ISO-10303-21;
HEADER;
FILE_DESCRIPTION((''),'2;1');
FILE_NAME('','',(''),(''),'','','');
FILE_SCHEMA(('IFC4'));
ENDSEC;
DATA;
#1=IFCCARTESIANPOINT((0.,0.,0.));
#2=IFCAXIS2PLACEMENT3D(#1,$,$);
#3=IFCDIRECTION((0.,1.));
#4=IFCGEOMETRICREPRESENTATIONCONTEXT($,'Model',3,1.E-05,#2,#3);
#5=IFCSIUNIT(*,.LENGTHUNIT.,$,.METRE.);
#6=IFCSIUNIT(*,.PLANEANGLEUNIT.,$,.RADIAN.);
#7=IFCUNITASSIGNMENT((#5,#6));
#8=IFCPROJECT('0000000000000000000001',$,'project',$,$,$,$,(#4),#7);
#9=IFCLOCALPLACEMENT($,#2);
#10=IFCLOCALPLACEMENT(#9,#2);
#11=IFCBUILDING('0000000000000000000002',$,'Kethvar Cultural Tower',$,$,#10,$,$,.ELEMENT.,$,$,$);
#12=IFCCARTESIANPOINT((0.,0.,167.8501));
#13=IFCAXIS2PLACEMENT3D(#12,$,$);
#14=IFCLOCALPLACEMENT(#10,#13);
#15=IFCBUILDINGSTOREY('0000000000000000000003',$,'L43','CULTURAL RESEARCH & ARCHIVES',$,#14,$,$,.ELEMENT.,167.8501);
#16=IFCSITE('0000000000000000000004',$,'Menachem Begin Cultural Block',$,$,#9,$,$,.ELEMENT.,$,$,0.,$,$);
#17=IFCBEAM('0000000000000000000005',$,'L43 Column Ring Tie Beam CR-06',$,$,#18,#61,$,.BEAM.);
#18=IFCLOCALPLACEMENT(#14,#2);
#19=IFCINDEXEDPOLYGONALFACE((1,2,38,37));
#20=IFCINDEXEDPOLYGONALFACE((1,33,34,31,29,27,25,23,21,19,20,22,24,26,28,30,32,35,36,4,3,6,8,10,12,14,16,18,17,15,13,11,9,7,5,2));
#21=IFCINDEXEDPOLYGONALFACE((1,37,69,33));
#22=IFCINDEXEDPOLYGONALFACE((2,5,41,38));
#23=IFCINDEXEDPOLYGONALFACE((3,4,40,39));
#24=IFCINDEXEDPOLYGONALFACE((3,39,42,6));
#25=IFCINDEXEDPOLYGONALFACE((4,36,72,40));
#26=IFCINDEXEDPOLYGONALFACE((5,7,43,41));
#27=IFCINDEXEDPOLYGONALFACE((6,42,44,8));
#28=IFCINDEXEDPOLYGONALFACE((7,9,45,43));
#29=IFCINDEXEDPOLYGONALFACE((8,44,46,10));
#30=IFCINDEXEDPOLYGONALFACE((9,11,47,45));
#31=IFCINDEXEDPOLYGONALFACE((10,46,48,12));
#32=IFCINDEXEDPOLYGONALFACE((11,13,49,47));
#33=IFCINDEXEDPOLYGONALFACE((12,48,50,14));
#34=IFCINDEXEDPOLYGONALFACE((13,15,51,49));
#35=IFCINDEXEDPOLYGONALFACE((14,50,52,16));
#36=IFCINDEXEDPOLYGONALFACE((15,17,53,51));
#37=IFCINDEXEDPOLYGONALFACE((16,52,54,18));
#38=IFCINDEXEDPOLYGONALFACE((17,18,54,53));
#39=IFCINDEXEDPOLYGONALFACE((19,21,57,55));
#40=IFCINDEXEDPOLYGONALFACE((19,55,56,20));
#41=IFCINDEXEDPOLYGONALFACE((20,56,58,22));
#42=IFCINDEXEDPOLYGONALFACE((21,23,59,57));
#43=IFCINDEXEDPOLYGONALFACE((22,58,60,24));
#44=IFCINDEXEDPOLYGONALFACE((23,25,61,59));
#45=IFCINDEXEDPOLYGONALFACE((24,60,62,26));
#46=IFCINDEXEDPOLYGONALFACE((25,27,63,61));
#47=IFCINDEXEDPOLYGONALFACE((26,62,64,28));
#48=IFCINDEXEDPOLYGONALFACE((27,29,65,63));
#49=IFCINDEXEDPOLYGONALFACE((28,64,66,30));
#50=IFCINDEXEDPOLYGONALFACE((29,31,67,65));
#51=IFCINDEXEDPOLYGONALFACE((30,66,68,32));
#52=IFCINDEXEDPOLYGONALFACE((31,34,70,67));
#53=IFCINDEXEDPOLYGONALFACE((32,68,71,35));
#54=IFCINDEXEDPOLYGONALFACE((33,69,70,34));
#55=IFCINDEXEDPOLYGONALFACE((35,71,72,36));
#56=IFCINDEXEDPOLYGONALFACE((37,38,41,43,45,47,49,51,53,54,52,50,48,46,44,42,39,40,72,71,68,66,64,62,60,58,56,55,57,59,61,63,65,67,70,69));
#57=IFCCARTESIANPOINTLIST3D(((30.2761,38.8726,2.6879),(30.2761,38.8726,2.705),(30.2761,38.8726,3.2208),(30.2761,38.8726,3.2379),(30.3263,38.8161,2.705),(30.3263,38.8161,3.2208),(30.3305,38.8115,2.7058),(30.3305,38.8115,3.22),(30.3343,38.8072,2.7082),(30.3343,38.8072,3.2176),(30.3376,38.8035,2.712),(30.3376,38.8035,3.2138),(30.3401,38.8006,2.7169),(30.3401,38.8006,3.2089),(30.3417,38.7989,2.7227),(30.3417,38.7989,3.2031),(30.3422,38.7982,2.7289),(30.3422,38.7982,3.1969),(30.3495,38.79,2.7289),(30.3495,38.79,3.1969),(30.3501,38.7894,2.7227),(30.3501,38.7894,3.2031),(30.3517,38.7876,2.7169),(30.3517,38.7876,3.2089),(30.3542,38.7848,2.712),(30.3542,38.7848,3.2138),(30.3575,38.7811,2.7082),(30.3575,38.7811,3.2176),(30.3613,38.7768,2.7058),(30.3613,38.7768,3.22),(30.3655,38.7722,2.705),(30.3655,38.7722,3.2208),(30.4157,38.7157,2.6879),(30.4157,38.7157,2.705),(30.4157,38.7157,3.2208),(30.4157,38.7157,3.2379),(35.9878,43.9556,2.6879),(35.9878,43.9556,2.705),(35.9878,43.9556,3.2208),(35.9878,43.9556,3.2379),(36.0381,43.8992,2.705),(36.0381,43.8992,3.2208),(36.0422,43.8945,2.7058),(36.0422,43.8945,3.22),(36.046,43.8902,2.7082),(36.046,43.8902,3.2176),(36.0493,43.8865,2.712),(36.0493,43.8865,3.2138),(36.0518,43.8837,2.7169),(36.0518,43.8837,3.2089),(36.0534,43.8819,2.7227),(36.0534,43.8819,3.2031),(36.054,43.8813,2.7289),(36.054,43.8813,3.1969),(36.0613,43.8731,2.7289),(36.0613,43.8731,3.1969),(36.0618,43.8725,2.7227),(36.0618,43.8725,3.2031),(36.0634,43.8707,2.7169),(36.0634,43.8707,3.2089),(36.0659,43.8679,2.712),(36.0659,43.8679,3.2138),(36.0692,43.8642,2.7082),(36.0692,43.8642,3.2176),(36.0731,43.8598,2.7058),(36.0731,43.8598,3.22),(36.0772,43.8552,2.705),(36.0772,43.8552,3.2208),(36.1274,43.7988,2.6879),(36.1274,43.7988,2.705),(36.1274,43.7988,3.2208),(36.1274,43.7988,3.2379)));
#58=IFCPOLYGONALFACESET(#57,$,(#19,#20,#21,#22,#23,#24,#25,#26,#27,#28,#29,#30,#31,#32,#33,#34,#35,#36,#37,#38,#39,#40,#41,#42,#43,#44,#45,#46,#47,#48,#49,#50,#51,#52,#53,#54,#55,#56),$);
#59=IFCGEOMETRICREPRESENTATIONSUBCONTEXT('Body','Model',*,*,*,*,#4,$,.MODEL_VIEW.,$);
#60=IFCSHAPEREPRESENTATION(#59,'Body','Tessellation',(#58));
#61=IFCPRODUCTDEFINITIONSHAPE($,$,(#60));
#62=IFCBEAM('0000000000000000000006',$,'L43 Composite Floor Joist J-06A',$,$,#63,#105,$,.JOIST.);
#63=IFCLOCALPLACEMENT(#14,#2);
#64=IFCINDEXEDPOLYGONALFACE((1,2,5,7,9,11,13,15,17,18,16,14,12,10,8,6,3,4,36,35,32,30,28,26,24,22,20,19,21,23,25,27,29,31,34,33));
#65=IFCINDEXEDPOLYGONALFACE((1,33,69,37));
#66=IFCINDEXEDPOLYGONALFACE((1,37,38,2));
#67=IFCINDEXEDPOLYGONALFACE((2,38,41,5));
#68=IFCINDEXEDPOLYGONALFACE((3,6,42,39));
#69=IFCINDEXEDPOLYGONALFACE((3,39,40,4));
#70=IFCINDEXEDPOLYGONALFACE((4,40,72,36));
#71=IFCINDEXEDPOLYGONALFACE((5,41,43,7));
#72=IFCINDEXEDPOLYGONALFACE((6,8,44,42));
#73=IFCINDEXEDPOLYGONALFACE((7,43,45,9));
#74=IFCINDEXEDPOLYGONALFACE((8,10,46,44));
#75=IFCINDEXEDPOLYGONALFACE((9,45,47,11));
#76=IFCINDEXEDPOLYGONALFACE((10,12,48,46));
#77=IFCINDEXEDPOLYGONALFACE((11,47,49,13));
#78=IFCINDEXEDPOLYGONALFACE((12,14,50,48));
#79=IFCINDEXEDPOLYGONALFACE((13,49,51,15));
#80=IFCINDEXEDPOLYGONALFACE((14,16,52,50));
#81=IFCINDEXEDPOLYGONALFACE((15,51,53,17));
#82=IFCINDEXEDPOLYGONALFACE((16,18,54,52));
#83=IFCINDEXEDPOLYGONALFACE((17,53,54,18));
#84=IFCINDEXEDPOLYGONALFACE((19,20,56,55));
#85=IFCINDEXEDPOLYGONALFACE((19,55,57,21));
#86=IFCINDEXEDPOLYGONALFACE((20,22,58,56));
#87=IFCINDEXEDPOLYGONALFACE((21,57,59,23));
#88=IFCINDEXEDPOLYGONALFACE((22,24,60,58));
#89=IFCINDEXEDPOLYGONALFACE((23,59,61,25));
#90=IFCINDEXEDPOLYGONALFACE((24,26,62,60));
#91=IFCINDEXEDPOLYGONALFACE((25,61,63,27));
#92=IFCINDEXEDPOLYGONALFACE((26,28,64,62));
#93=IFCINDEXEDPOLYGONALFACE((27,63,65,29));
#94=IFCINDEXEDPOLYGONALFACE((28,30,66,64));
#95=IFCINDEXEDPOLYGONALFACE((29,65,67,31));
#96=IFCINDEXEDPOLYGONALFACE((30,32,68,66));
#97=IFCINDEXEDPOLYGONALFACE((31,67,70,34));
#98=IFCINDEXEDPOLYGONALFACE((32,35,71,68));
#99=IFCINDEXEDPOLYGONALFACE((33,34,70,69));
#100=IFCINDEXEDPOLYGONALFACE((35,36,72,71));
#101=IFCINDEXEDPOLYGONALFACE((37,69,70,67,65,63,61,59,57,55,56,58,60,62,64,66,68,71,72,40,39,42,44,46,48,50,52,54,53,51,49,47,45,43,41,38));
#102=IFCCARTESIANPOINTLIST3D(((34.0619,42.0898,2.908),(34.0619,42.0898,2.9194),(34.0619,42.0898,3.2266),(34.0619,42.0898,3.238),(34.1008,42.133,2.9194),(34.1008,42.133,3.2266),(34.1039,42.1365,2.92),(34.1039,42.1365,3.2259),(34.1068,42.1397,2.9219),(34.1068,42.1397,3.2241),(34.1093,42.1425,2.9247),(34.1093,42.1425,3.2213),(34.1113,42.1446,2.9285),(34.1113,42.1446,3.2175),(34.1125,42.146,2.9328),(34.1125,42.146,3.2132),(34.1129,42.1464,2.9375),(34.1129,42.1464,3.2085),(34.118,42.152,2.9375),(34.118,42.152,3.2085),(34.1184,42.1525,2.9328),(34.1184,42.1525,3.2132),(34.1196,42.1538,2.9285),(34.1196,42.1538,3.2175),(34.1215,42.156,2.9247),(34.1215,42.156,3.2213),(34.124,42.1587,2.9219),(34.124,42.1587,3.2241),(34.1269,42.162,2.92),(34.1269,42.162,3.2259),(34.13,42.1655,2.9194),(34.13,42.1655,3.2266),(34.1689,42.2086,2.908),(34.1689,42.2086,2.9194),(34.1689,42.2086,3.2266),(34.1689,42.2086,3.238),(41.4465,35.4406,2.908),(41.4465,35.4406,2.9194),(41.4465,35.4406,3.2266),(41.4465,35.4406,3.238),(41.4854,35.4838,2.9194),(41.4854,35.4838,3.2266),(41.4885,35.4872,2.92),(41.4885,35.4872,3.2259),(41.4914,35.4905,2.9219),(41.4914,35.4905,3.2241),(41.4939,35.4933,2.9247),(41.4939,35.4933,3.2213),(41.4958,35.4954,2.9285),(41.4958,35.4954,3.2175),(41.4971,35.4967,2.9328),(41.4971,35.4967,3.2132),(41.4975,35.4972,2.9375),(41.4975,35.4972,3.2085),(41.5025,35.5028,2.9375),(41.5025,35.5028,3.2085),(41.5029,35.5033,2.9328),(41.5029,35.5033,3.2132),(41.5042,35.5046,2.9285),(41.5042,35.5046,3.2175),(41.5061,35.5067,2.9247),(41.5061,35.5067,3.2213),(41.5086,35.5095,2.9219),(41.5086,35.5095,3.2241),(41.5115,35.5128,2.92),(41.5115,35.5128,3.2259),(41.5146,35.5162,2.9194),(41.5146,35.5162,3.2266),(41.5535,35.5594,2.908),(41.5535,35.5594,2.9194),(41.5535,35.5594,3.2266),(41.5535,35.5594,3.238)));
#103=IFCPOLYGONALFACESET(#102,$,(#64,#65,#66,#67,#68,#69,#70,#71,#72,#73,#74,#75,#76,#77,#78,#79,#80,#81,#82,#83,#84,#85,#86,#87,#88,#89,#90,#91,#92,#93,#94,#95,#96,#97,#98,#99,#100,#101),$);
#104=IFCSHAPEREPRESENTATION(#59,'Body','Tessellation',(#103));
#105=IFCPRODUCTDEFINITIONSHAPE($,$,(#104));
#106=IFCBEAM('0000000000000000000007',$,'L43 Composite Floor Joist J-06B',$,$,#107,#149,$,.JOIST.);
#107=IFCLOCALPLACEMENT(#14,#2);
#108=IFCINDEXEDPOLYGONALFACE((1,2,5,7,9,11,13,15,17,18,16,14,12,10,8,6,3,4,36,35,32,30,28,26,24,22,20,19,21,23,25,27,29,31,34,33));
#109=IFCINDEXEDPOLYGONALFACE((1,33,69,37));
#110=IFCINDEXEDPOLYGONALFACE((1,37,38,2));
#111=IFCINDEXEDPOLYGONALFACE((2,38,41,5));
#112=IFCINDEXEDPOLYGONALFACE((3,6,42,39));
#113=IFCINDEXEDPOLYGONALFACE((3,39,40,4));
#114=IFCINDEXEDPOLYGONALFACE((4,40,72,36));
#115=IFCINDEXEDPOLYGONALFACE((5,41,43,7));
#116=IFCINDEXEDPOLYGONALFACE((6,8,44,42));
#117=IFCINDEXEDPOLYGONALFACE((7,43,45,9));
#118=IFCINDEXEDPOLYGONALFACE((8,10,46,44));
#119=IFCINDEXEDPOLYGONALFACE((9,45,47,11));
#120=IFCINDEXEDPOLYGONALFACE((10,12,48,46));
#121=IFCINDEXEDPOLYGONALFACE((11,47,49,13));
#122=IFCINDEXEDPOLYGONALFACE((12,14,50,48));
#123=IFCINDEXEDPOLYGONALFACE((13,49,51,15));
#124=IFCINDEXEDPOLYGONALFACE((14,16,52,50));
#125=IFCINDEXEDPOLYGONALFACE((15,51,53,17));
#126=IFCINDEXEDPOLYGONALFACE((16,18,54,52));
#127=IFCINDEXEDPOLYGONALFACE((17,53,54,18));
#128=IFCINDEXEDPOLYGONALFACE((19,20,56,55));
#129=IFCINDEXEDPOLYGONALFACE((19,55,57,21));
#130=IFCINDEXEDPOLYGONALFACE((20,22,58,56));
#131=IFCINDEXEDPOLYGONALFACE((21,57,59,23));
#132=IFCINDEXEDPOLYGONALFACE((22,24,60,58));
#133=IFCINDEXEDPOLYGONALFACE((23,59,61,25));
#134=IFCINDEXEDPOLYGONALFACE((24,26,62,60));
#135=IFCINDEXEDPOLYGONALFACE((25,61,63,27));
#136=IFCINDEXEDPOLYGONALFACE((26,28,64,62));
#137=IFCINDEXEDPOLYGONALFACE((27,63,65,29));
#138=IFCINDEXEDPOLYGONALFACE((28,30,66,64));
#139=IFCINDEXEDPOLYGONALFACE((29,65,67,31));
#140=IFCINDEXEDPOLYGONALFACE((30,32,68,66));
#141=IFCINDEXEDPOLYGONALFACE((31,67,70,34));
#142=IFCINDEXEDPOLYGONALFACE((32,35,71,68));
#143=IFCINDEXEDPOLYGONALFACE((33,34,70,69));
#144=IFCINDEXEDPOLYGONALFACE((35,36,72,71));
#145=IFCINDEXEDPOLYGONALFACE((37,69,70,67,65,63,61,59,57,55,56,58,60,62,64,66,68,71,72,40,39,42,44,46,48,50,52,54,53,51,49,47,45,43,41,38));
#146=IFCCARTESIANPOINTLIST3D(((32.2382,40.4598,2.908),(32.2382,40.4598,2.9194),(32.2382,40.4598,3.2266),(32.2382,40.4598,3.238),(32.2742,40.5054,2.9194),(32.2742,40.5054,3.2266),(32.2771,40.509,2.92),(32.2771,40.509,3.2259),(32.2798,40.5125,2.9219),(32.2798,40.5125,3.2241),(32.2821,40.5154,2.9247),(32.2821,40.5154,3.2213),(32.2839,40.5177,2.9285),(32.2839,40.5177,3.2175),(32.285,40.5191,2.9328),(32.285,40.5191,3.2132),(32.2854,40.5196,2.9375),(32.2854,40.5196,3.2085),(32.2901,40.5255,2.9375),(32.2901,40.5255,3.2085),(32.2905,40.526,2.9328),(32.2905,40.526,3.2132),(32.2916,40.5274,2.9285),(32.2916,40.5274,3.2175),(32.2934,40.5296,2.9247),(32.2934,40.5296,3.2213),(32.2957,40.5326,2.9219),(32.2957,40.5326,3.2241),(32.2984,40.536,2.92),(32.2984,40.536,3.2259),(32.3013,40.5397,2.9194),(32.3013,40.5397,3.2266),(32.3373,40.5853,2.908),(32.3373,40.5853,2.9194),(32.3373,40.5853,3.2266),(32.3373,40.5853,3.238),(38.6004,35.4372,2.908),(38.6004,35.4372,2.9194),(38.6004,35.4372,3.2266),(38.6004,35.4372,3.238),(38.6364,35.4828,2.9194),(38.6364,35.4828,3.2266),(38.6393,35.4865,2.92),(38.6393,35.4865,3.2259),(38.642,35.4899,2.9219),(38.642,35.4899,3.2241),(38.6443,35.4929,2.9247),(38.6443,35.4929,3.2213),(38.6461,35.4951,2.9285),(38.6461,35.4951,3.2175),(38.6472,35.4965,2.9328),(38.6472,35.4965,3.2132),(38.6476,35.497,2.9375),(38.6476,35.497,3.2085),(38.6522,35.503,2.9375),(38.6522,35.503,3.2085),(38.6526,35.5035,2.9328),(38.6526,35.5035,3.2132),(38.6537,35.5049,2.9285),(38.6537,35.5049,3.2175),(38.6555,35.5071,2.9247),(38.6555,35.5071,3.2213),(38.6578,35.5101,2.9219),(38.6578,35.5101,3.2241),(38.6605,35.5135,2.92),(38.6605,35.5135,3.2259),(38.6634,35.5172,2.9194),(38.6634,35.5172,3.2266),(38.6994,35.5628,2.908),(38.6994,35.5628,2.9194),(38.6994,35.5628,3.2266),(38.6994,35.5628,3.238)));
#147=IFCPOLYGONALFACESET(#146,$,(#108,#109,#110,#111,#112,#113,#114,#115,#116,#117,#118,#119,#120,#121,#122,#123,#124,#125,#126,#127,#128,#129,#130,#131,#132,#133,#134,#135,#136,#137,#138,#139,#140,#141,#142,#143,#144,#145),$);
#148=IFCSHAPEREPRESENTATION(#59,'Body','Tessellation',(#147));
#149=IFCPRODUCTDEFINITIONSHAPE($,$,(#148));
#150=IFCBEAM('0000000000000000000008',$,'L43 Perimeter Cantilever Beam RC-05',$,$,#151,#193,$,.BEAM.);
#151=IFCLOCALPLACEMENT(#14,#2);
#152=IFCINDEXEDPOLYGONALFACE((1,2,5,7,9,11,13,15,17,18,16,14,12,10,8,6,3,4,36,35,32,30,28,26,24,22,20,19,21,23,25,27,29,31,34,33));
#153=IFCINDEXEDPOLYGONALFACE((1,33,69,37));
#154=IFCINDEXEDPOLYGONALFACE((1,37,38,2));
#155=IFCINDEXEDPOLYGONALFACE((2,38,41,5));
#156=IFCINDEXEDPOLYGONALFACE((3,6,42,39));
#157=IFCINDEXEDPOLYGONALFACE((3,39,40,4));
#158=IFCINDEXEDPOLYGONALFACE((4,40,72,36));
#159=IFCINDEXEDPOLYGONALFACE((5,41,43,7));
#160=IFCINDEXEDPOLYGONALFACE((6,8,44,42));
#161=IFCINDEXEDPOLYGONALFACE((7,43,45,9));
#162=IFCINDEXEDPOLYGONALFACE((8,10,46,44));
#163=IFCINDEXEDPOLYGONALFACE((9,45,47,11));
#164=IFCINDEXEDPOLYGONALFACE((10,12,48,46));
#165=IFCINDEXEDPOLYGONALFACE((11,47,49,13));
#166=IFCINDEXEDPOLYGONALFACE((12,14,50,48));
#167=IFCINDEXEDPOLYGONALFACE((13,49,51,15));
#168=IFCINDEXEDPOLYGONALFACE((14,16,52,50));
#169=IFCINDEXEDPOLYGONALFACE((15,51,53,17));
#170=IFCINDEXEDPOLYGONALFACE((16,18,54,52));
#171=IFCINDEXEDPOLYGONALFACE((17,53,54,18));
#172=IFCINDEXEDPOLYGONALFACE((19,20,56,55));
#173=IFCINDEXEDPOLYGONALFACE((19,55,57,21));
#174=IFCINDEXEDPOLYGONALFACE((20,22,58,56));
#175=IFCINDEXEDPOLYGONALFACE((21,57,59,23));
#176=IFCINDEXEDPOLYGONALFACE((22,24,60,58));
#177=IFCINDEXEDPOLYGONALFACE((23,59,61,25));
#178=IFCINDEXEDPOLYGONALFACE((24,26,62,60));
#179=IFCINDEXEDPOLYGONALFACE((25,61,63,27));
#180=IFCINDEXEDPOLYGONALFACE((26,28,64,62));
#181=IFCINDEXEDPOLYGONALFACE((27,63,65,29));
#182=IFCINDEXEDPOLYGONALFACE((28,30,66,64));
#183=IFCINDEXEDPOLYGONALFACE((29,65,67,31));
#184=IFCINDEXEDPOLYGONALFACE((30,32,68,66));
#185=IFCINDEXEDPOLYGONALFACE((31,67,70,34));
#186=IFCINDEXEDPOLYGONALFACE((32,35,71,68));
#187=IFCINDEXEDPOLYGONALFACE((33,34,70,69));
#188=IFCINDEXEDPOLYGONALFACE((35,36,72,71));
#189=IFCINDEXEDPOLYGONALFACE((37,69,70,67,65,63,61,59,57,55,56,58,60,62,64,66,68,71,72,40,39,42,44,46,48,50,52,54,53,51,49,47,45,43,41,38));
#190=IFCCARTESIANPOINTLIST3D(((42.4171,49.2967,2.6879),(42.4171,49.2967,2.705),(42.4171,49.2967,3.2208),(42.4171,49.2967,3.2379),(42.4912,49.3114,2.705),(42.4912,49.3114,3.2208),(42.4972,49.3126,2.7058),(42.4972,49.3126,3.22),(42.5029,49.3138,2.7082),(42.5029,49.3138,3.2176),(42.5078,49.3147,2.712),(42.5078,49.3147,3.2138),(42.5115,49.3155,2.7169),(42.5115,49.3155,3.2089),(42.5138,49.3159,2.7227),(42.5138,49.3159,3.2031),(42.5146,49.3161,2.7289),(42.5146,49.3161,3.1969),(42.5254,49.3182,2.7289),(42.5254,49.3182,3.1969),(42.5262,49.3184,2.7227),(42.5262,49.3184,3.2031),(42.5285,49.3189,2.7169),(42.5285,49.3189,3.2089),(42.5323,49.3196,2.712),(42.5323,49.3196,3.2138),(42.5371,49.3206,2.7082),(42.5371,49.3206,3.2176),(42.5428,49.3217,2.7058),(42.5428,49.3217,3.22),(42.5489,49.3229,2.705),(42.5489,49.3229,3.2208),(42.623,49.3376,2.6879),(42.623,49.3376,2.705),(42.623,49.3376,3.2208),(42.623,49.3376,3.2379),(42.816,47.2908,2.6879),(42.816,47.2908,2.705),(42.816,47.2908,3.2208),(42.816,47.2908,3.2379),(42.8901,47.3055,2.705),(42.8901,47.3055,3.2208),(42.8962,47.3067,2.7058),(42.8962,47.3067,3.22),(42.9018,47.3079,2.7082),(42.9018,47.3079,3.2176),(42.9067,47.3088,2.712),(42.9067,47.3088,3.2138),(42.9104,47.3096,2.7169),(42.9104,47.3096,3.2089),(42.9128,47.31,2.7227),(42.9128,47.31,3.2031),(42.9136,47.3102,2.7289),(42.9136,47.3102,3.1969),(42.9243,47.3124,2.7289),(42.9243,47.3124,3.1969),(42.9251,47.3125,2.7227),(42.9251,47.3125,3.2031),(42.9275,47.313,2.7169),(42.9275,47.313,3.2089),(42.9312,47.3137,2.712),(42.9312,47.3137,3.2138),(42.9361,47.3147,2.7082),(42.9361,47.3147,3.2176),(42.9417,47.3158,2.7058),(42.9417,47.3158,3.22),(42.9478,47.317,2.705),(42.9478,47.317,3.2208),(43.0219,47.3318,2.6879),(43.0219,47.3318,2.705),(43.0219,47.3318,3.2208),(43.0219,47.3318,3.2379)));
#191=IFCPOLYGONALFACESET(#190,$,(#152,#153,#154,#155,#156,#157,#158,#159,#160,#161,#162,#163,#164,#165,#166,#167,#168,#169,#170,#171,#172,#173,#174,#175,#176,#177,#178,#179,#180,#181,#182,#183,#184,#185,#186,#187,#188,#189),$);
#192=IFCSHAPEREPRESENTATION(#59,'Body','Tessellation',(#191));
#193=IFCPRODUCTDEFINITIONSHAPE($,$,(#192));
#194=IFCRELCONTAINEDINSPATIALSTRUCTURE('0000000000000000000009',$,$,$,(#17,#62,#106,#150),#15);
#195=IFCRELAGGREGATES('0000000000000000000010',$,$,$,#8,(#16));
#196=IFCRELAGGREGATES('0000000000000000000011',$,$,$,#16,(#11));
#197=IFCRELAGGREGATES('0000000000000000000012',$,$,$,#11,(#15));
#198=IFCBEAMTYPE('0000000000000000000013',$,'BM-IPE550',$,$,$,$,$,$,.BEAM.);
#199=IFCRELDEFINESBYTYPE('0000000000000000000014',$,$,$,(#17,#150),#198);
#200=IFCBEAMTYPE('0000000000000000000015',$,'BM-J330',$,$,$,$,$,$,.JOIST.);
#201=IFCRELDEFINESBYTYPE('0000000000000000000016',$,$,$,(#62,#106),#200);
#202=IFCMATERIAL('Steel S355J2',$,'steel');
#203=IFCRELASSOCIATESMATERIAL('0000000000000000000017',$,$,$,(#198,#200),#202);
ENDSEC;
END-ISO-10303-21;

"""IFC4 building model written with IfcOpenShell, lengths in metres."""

from ifc_helpers import new_model, si_unit, direction, frame, origin, origin_2d, place, context, subcontext, project, spatial, i_section, extrude, source, transform, mapped, material, material_profile, profile_set, type_object, element, save


model = new_model("IFC4")

# Units and contexts
model_context = context("Model", 3, precision=1e-05, world=origin(), true_north=direction((0.0, 1.0)))
body_context = subcontext(model_context, "Body", "Model", "MODEL_VIEW")
ifc_project = project(units=[si_unit("LENGTHUNIT", "METRE"), si_unit("PLANEANGLEUNIT", "RADIAN")], contexts=[model_context])

# Site, building, storey
site_placement = place(None, origin())
site = spatial("IfcSite", under=ifc_project, at=site_placement, Name="Menachem Begin Cultural Block", CompositionType="ELEMENT", RefElevation=0.0)
building_placement = place(site_placement, origin())
building = spatial("IfcBuilding", under=site, at=building_placement, Name="Kethvar Cultural Tower", CompositionType="ELEMENT")
storey_placement = place(building_placement, frame((0.0, 0.0, 167.8501)))
storey = spatial("IfcBuildingStorey", under=building, at=storey_placement, Name="L43", Description="CULTURAL RESEARCH & ARCHIVES", CompositionType="ELEMENT", Elevation=167.8501)

# Beams
ifc_material_1 = material(Name="Steel S355J2", Category="steel")
ifc_material_profile_1 = material_profile(ifc_material_1, i_section(OverallWidth=0.21, OverallDepth=0.55, WebThickness=0.011, FlangeThickness=0.0171, FilletRadius=0.0239, at=origin_2d()), Name="Steel S355J2 — IPE550")
ifc_profile_set_1 = profile_set([ifc_material_profile_1], Name="Steel S355J2 — IPE550")
beam_type_1 = type_object("IfcBeamType", Name="BM-IPE550", PredefinedType="BEAM", material=ifc_profile_set_1)
ifc_material_profile_2 = material_profile(ifc_material_1, i_section(OverallWidth=0.1599, OverallDepth=0.3301, WebThickness=0.0076, FlangeThickness=0.0115, FilletRadius=0.0181, at=origin_2d()), Name="Steel S355J2 — IPE330")
ifc_profile_set_2 = profile_set([ifc_material_profile_2], Name="Steel S355J2 — IPE330")
beam_type_2 = type_object("IfcBeamType", Name="BM-J330", PredefinedType="JOIST", material=ifc_profile_set_2)
shared_shape_1 = source(origin(), body_context, "Body", "SweptSolid", [
    extrude(i_section(OverallWidth=0.21, OverallDepth=0.55, WebThickness=0.011, FlangeThickness=0.0171, FilletRadius=0.0239, at=origin_2d()), origin(), (0.0, 0.0, 1.0), 7.646),
])
beam_1_placement = place(storey_placement, frame((36.0576, 43.8772, 2.9629), z_axis=(-0.747022, -0.6648, 0.0), x_axis=(0.6648, -0.747022, 0.0)))
element("IfcBeam", 1, at=beam_1_placement, inside=storey, type_object=beam_type_1, Name="L43 Column Ring Tie Beam CR-06", PredefinedType="BEAM", context=body_context, shape_type="MappedRepresentation", body=[
    mapped(shared_shape_1, transform((0.0, 0.0, 0.0), scale=1.0)),
])
shared_shape_2 = source(origin(), body_context, "Body", "SweptSolid", [
    extrude(i_section(OverallWidth=0.1599, OverallDepth=0.3301, WebThickness=0.0076, FlangeThickness=0.0115, FilletRadius=0.0181, at=origin_2d()), origin(), (0.0, 0.0, 1.0), 9.937),
])
beam_2_placement = place(storey_placement, frame((41.5, 35.5, 3.073), z_axis=(-0.743139, 0.669137, 0.0), x_axis=(-0.669137, -0.743139, 0.0)))
element("IfcBeam", 2, at=beam_2_placement, inside=storey, type_object=beam_type_2, Name="L43 Composite Floor Joist J-06A", PredefinedType="JOIST", context=body_context, shape_type="MappedRepresentation", body=[
    mapped(shared_shape_2, transform((0.0, 0.0, 0.0), scale=1.0)),
])
shared_shape_3 = source(origin(), body_context, "Body", "SweptSolid", [
    extrude(i_section(OverallWidth=0.1599, OverallDepth=0.3301, WebThickness=0.0076, FlangeThickness=0.0115, FilletRadius=0.0181, at=origin_2d()), origin(), (0.0, 0.0, 1.0), 8.1057),
])
beam_3_placement = place(storey_placement, frame((38.6499, 35.5, 3.073), z_axis=(-0.784896, 0.619628, 0.0), x_axis=(-0.619628, -0.784896, 0.0)))
element("IfcBeam", 3, at=beam_3_placement, inside=storey, type_object=beam_type_2, Name="L43 Composite Floor Joist J-06B", PredefinedType="JOIST", context=body_context, shape_type="MappedRepresentation", body=[
    mapped(shared_shape_3, transform((0.0, 0.0, 0.0), scale=1.0)),
])
shared_shape_4 = source(origin(), body_context, "Body", "SweptSolid", [
    extrude(i_section(OverallWidth=0.21, OverallDepth=0.55, WebThickness=0.011, FlangeThickness=0.0171, FilletRadius=0.0239, at=origin_2d()), origin(), (0.0, 0.0, 1.0), 2.0452),
])
beam_4_placement = place(storey_placement, frame((42.9189, 47.3113, 2.9629), z_axis=(-0.19506, 0.980791, 0.0), x_axis=(-0.980791, -0.19506, 0.0)))
element("IfcBeam", 4, at=beam_4_placement, inside=storey, type_object=beam_type_1, Name="L43 Perimeter Cantilever Beam RC-05", PredefinedType="BEAM", context=body_context, shape_type="MappedRepresentation", body=[
    mapped(shared_shape_4, transform((0.0, 0.0, 0.0), scale=1.0)),
])

save(model, "model.ifc")
